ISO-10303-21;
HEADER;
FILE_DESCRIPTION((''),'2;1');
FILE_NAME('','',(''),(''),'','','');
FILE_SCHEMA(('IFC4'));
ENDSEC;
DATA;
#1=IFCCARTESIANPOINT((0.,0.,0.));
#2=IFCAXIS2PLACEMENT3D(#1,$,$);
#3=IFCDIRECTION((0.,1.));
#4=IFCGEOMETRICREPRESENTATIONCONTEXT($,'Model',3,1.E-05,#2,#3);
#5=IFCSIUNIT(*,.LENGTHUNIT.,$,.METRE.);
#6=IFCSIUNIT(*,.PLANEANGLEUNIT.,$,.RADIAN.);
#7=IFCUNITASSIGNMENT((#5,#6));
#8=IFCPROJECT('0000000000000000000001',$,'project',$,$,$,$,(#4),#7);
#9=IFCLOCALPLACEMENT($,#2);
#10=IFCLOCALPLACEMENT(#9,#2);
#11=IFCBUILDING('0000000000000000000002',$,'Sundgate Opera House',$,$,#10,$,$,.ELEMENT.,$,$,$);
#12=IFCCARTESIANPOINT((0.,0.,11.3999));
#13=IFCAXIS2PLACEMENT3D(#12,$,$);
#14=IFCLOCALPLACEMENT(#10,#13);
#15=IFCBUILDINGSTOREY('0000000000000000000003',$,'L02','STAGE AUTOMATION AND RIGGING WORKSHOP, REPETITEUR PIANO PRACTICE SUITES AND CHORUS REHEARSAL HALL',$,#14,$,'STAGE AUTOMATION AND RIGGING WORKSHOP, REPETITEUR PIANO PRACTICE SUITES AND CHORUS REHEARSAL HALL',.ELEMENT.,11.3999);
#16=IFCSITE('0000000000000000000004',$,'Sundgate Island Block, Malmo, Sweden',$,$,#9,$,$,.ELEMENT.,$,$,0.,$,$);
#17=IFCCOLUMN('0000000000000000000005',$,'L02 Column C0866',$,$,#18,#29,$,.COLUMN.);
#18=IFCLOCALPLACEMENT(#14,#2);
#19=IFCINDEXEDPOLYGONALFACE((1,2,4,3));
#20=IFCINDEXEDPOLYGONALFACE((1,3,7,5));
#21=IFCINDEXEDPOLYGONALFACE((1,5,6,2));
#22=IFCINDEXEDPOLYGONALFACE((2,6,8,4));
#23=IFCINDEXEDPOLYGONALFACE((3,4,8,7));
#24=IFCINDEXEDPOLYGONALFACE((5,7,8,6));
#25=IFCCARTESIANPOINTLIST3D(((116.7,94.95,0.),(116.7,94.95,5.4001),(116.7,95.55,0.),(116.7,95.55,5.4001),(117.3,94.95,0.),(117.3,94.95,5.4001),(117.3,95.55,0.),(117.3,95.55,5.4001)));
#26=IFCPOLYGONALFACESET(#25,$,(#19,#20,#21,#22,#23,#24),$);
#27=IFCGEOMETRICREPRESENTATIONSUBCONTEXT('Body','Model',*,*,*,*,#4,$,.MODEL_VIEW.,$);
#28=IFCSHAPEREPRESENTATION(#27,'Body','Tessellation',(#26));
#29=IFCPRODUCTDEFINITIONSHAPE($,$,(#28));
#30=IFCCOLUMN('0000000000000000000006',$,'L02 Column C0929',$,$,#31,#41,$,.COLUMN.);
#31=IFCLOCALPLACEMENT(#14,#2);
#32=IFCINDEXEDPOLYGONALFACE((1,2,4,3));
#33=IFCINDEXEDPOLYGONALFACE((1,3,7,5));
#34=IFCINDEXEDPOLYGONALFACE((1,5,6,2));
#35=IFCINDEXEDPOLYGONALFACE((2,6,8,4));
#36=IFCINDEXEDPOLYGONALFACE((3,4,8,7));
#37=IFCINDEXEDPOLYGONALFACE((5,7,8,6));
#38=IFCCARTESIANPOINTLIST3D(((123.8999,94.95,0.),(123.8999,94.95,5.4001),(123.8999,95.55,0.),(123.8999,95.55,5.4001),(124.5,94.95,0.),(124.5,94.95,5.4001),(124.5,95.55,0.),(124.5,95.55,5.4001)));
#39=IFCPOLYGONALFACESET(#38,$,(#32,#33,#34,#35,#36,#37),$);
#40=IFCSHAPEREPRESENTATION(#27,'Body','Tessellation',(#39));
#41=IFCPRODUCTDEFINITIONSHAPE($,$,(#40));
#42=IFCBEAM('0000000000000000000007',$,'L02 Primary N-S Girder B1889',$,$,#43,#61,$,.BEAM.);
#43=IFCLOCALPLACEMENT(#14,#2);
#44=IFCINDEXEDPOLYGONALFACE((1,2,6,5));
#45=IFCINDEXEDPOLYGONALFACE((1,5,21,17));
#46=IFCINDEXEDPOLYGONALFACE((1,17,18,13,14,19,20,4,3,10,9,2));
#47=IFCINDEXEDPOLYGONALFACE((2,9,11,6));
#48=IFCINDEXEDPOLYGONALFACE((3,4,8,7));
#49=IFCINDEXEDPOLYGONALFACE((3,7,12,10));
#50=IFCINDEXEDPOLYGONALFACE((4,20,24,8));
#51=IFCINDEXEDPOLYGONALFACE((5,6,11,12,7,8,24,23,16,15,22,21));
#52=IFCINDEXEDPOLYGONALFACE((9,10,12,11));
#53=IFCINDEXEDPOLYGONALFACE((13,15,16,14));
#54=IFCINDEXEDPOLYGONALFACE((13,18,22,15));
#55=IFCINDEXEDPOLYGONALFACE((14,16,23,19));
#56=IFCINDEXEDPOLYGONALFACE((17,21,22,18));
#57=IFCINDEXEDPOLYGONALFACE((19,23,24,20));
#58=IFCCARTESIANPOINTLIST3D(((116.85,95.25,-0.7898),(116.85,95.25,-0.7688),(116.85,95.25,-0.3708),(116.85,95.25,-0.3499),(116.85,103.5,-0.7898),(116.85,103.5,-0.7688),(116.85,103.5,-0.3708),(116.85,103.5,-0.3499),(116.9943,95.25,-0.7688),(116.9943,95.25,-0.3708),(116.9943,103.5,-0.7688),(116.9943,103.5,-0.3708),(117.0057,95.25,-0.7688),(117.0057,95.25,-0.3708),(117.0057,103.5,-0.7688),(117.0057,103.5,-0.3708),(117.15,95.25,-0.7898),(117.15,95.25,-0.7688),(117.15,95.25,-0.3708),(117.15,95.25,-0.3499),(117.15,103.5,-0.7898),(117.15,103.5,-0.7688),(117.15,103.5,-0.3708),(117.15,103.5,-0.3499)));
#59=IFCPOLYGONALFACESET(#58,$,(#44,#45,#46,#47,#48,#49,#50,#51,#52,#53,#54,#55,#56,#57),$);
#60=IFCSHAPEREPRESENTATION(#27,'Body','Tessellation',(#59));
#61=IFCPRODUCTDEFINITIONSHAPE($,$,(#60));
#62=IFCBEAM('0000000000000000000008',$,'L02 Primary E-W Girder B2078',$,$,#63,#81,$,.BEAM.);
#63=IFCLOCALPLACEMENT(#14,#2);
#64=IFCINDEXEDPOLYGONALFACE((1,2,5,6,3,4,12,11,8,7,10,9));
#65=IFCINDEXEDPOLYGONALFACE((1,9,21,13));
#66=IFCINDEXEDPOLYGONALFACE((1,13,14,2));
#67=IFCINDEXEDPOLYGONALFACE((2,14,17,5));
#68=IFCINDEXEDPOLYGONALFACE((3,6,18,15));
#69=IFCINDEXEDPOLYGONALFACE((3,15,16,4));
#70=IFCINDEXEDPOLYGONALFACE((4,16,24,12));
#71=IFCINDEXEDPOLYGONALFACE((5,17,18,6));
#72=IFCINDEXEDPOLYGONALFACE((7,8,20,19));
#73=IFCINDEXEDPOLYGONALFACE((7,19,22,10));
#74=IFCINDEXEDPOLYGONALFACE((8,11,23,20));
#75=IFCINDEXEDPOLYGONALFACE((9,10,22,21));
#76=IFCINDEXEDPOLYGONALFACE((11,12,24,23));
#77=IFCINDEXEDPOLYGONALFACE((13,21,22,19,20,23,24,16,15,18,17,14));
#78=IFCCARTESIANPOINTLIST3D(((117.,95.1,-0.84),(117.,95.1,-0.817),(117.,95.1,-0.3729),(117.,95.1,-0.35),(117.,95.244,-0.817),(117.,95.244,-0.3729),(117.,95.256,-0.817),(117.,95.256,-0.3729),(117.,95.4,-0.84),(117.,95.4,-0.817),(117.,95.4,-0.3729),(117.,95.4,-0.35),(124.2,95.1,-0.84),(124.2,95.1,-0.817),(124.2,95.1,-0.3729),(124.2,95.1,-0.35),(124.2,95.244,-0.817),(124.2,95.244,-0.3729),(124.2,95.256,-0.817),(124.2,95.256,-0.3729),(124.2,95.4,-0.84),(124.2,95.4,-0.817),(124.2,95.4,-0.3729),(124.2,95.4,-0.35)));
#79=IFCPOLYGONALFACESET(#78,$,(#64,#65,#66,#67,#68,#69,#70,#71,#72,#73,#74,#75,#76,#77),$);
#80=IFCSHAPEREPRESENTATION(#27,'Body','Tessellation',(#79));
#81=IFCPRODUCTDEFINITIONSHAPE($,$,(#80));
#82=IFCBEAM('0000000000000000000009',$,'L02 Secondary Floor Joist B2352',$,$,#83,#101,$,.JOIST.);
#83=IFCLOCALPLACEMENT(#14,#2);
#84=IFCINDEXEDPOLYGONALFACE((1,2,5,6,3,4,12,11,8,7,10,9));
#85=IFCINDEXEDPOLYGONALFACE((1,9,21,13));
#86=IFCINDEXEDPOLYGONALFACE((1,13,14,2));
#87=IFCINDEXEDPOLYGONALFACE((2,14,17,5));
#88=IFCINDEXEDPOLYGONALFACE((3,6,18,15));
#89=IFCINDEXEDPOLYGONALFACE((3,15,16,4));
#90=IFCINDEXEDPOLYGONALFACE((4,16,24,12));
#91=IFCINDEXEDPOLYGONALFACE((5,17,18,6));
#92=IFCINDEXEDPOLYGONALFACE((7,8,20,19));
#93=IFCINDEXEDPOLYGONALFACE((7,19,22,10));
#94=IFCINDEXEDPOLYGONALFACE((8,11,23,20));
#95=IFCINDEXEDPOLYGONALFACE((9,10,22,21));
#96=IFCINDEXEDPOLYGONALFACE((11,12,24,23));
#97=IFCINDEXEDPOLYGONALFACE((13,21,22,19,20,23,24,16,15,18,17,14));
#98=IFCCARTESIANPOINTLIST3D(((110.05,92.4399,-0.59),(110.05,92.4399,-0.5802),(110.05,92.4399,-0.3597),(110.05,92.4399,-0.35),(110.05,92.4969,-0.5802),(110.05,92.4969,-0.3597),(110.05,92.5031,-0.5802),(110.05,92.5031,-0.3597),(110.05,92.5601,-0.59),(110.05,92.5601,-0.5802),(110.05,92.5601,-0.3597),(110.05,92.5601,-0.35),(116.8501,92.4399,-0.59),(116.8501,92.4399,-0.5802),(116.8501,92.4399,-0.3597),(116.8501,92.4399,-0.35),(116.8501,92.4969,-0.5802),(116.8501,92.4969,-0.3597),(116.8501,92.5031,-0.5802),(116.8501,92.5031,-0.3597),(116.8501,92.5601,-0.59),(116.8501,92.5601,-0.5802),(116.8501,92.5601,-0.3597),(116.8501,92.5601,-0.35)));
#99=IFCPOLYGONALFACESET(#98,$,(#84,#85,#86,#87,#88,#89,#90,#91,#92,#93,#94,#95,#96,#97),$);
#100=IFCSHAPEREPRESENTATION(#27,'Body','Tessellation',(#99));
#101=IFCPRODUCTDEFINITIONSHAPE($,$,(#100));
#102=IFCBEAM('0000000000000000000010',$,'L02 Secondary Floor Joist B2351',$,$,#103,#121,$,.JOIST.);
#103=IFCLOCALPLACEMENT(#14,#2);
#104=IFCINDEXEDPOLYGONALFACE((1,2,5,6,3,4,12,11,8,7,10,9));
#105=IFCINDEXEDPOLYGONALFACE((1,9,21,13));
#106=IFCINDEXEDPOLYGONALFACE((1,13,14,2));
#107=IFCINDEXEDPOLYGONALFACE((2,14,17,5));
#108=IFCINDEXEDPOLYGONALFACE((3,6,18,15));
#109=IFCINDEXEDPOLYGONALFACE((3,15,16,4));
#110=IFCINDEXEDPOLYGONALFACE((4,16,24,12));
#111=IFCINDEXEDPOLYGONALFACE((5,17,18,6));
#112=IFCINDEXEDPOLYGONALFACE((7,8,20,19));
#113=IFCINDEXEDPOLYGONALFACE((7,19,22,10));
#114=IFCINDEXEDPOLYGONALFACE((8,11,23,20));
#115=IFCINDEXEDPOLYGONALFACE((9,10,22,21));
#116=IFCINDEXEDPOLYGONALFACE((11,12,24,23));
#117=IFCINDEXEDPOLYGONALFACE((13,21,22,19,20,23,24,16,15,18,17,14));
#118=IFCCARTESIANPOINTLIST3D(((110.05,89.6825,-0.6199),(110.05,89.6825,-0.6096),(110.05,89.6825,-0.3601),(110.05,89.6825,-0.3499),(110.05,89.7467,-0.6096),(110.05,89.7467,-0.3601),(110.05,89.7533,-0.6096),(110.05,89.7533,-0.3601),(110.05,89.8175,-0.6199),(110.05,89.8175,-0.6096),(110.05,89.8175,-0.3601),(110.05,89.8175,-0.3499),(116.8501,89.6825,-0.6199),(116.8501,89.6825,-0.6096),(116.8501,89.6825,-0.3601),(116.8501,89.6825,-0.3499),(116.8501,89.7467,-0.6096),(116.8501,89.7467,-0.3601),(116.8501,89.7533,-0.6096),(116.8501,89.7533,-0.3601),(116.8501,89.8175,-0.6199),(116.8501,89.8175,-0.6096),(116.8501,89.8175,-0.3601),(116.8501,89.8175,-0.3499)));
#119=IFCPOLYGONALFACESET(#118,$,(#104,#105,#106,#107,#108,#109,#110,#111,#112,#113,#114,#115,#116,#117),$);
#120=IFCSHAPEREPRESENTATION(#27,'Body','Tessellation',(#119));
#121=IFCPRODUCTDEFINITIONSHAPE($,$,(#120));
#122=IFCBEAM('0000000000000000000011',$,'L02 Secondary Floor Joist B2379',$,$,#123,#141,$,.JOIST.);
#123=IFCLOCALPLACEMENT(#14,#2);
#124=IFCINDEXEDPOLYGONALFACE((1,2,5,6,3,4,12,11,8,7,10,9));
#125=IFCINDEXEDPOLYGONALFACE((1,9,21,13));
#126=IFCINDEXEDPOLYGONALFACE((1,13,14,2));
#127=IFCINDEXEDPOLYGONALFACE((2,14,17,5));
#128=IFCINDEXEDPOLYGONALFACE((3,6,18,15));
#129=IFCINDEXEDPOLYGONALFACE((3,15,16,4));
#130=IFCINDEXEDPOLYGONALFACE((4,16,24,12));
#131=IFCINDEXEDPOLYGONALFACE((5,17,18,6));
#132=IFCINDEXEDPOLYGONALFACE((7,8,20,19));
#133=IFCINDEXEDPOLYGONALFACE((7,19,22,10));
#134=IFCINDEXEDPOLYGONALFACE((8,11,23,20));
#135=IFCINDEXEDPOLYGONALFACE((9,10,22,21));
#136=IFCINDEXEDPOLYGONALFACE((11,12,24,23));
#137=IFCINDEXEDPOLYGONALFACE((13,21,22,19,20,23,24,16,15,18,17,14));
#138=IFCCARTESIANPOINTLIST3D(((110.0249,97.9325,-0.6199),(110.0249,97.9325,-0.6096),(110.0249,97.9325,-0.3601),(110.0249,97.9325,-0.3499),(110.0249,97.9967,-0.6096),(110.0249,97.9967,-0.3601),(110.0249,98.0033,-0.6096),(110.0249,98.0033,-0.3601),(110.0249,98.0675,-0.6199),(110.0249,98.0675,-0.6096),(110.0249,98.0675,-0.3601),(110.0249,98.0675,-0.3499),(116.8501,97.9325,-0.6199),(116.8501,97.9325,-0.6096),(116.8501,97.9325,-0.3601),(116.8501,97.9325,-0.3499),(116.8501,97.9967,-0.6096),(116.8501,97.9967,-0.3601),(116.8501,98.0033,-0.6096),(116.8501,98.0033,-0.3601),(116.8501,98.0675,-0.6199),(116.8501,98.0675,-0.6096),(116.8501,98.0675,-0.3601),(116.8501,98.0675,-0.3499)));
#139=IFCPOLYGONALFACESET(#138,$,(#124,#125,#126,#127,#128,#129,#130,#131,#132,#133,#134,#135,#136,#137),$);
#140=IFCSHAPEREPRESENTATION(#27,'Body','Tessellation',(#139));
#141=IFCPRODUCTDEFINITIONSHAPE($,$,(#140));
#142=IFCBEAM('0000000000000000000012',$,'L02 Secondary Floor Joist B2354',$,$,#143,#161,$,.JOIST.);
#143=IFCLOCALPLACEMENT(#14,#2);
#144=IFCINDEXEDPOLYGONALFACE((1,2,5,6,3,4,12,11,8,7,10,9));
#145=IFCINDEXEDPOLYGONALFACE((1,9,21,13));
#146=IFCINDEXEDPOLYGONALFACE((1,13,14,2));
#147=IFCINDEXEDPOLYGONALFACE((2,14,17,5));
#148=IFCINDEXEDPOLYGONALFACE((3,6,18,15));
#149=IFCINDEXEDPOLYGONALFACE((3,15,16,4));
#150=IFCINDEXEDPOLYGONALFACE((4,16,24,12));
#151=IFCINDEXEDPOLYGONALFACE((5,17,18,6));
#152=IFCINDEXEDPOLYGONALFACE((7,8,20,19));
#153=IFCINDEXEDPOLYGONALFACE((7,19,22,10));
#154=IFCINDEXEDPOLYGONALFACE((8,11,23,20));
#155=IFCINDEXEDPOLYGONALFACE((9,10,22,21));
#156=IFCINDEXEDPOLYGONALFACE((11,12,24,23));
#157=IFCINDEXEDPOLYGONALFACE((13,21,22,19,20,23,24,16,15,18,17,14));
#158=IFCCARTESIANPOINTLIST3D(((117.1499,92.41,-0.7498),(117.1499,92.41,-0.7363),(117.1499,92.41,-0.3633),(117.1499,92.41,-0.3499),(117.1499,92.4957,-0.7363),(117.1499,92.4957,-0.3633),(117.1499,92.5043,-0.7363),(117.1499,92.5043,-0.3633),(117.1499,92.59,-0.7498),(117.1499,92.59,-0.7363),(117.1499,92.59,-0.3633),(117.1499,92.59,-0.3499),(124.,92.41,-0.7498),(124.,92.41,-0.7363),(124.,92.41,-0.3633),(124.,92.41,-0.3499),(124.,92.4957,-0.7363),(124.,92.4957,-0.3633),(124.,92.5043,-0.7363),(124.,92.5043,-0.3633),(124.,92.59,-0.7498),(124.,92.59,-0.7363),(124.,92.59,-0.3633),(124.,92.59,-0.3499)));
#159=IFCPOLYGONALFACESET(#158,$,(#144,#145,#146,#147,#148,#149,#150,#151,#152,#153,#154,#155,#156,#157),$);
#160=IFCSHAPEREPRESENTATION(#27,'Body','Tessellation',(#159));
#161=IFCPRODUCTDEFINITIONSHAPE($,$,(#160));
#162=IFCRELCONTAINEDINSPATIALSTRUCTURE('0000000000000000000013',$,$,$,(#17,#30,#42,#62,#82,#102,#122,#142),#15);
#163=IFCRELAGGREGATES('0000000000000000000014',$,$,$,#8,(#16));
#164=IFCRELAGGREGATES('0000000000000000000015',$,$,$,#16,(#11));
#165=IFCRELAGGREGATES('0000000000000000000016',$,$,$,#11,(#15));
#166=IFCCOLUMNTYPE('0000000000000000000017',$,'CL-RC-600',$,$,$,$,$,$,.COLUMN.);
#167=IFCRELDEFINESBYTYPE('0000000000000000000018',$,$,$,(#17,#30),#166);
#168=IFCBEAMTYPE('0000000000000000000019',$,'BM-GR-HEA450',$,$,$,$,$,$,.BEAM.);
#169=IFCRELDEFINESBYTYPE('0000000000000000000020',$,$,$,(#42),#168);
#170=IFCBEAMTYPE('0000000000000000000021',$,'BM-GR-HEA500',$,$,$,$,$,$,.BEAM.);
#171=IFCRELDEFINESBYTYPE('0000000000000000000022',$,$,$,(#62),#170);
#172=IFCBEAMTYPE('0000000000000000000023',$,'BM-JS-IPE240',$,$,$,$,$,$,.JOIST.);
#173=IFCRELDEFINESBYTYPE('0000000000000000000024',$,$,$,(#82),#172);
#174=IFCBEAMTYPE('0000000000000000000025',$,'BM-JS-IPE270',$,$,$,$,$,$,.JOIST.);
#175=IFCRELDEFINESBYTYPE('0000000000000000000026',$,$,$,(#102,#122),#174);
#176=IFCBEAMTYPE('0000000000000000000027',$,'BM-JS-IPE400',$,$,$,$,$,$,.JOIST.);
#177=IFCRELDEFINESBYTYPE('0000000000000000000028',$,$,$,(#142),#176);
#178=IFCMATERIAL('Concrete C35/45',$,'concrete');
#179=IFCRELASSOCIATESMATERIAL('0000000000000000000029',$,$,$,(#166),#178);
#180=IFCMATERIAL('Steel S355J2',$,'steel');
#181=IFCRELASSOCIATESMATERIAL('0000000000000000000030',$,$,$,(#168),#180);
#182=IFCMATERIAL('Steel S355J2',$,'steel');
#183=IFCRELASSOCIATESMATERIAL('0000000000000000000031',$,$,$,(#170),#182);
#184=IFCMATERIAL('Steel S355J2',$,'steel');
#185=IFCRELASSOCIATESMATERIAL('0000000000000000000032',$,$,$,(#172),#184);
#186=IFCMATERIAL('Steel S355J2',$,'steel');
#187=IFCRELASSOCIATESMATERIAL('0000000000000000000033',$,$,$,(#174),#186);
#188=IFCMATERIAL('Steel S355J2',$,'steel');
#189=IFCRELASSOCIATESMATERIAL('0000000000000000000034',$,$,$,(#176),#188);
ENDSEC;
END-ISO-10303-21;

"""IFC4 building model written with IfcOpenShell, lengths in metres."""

from ifc_helpers import new_model, si_unit, direction, frame, origin, origin_2d, place, context, subcontext, project, spatial, rectangle, i_section, extrude, material, material_profile, profile_set, type_object, element, save


model = new_model("IFC4")

# Units and contexts
model_context = context("Model", 3, precision=1e-05, world=origin(), true_north=direction((0.0, 1.0)))
body_context = subcontext(model_context, "Body", "Model", "MODEL_VIEW")
ifc_project = project(units=[si_unit("LENGTHUNIT", "METRE"), si_unit("PLANEANGLEUNIT", "RADIAN")], contexts=[model_context])

# Site, building, storey
site_placement = place(None, origin())
site = spatial("IfcSite", under=ifc_project, at=site_placement, Name="Sundgate Island Block, Malmo, Sweden", CompositionType="ELEMENT", RefElevation=0.0)
building_placement = place(site_placement, origin())
building = spatial("IfcBuilding", under=site, at=building_placement, Name="Sundgate Opera House", CompositionType="ELEMENT")
storey_placement = place(building_placement, frame((0.0, 0.0, 11.3999)))
storey = spatial("IfcBuildingStorey", under=building, at=storey_placement, Name="L02", Description="STAGE AUTOMATION AND RIGGING WORKSHOP, REPETITEUR PIANO PRACTICE SUITES AND CHORUS REHEARSAL HALL", LongName="STAGE AUTOMATION AND RIGGING WORKSHOP, REPETITEUR PIANO PRACTICE SUITES AND CHORUS REHEARSAL HALL", CompositionType="ELEMENT", Elevation=11.3999)

# Columns
ifc_material_1 = material(Name="Concrete C35/45", Category="concrete")
ifc_material_profile_1 = material_profile(ifc_material_1, rectangle(XDim=0.6001, YDim=0.6001, at=origin_2d()), Name="RC 600x600")
ifc_profile_set_1 = profile_set([ifc_material_profile_1], Name="Concrete C35/45")
column_type = type_object("IfcColumnType", Name="CL-RC-600", PredefinedType="COLUMN", material=ifc_profile_set_1)
for number, where, z_axis, x_axis, name in (
    (1, (117.0, 95.25, 0.0), (0.0, 0.0, 1.0), (1.0, 0.0, 0.0), "L02 Column C0866"),
    (2, (124.2, 95.25, 0.0), (0.0, 0.0, 1.0), (1.0, 0.0, 0.0), "L02 Column C0929"),
):
    element("IfcColumn", number, at=place(storey_placement, frame(where, z_axis=z_axis, x_axis=x_axis)), inside=storey, type_object=column_type, Name=name, PredefinedType="COLUMN", context=body_context, shape_type="SweptSolid", body=[
        extrude(rectangle(XDim=0.6001, YDim=0.6001, at=origin_2d()), origin(), (0.0, 0.0, 1.0), 5.4001),
    ])

# Beams
ifc_material_2 = material(Name="Steel S355J2", Category="steel")
ifc_material_profile_2 = material_profile(ifc_material_2, i_section(OverallWidth=0.3, OverallDepth=0.4399, WebThickness=0.0115, FlangeThickness=0.021, at=origin_2d()), Name="HEA 450")
ifc_profile_set_2 = profile_set([ifc_material_profile_2], Name="Steel S355J2")
beam_type_1 = type_object("IfcBeamType", Name="BM-GR-HEA450", PredefinedType="BEAM", material=ifc_profile_set_2)
beam_1_placement = place(storey_placement, frame((117.0, 95.25, -0.5698), z_axis=(0.0, 1.0, 0.0), x_axis=(-1.0, 0.0, 0.0)))
element("IfcBeam", 3, at=beam_1_placement, inside=storey, type_object=beam_type_1, Name="L02 Primary N-S Girder B1889", PredefinedType="BEAM", context=body_context, shape_type="SweptSolid", body=[
    extrude(i_section(OverallWidth=0.3, OverallDepth=0.4399, WebThickness=0.0115, FlangeThickness=0.021, at=origin_2d()), origin(), (0.0, 0.0, 1.0), 8.25),
])
ifc_material_3 = material(Name="Steel S355J2", Category="steel")
ifc_material_profile_3 = material_profile(ifc_material_3, i_section(OverallWidth=0.3, OverallDepth=0.49, WebThickness=0.012, FlangeThickness=0.0229, at=origin_2d()), Name="HEA 500")
ifc_profile_set_3 = profile_set([ifc_material_profile_3], Name="Steel S355J2")
beam_type_2 = type_object("IfcBeamType", Name="BM-GR-HEA500", PredefinedType="BEAM", material=ifc_profile_set_3)
beam_2_placement = place(storey_placement, frame((117.0, 95.25, -0.595), z_axis=(1.0, 0.0, 0.0), x_axis=(0.0, 1.0, 0.0)))
element("IfcBeam", 4, at=beam_2_placement, inside=storey, type_object=beam_type_2, Name="L02 Primary E-W Girder B2078", PredefinedType="BEAM", context=body_context, shape_type="SweptSolid", body=[
    extrude(i_section(OverallWidth=0.3, OverallDepth=0.49, WebThickness=0.012, FlangeThickness=0.0229, at=origin_2d()), origin(), (0.0, 0.0, 1.0), 7.2),
])
ifc_material_4 = material(Name="Steel S355J2", Category="steel")
ifc_material_profile_4 = material_profile(ifc_material_4, i_section(OverallWidth=0.1201, OverallDepth=0.24, WebThickness=0.0061, FlangeThickness=0.0098, at=origin_2d()), Name="IPE 240")
ifc_profile_set_4 = profile_set([ifc_material_profile_4], Name="Steel S355J2")
beam_type_3 = type_object("IfcBeamType", Name="BM-JS-IPE240", PredefinedType="JOIST", material=ifc_profile_set_4)
beam_3_placement = place(storey_placement, frame((110.05, 92.5, -0.47), z_axis=(1.0, 0.0, 0.0), x_axis=(0.0, 1.0, 0.0)))
element("IfcBeam", 5, at=beam_3_placement, inside=storey, type_object=beam_type_3, Name="L02 Secondary Floor Joist B2352", PredefinedType="JOIST", context=body_context, shape_type="SweptSolid", body=[
    extrude(i_section(OverallWidth=0.1201, OverallDepth=0.24, WebThickness=0.0061, FlangeThickness=0.0098, at=origin_2d()), origin(), (0.0, 0.0, 1.0), 6.8),
])
ifc_material_5 = material(Name="Steel S355J2", Category="steel")
ifc_material_profile_5 = material_profile(ifc_material_5, i_section(OverallWidth=0.135, OverallDepth=0.27, WebThickness=0.0066, FlangeThickness=0.0103, at=origin_2d()), Name="IPE 270")
ifc_profile_set_5 = profile_set([ifc_material_profile_5], Name="Steel S355J2")
beam_type_4 = type_object("IfcBeamType", Name="BM-JS-IPE270", PredefinedType="JOIST", material=ifc_profile_set_5)
beam_4_placement = place(storey_placement, frame((110.05, 89.75, -0.4849), z_axis=(1.0, 0.0, 0.0), x_axis=(0.0, 1.0, 0.0)))
element("IfcBeam", 6, at=beam_4_placement, inside=storey, type_object=beam_type_4, Name="L02 Secondary Floor Joist B2351", PredefinedType="JOIST", context=body_context, shape_type="SweptSolid", body=[
    extrude(i_section(OverallWidth=0.135, OverallDepth=0.27, WebThickness=0.0066, FlangeThickness=0.0103, at=origin_2d()), origin(), (0.0, 0.0, 1.0), 6.8),
])
beam_5_placement = place(storey_placement, frame((110.0249, 98.0, -0.4849), z_axis=(1.0, 0.0, 0.0), x_axis=(0.0, 1.0, 0.0)))
element("IfcBeam", 7, at=beam_5_placement, inside=storey, type_object=beam_type_4, Name="L02 Secondary Floor Joist B2379", PredefinedType="JOIST", context=body_context, shape_type="SweptSolid", body=[
    extrude(i_section(OverallWidth=0.135, OverallDepth=0.27, WebThickness=0.0066, FlangeThickness=0.0103, at=origin_2d()), origin(), (0.0, 0.0, 1.0), 6.8252),
])
ifc_material_6 = material(Name="Steel S355J2", Category="steel")
ifc_material_profile_6 = material_profile(ifc_material_6, i_section(OverallWidth=0.1799, OverallDepth=0.3999, WebThickness=0.0085, FlangeThickness=0.0134, at=origin_2d()), Name="IPE 400")
ifc_profile_set_6 = profile_set([ifc_material_profile_6], Name="Steel S355J2")
beam_type_5 = type_object("IfcBeamType", Name="BM-JS-IPE400", PredefinedType="JOIST", material=ifc_profile_set_6)
beam_6_placement = place(storey_placement, frame((117.1499, 92.5, -0.5498), z_axis=(1.0, 0.0, 0.0), x_axis=(0.0, 1.0, 0.0)))
element("IfcBeam", 8, at=beam_6_placement, inside=storey, type_object=beam_type_5, Name="L02 Secondary Floor Joist B2354", PredefinedType="JOIST", context=body_context, shape_type="SweptSolid", body=[
    extrude(i_section(OverallWidth=0.1799, OverallDepth=0.3999, WebThickness=0.0085, FlangeThickness=0.0134, at=origin_2d()), origin(), (0.0, 0.0, 1.0), 6.8501),
])

save(model, "model.ifc")
